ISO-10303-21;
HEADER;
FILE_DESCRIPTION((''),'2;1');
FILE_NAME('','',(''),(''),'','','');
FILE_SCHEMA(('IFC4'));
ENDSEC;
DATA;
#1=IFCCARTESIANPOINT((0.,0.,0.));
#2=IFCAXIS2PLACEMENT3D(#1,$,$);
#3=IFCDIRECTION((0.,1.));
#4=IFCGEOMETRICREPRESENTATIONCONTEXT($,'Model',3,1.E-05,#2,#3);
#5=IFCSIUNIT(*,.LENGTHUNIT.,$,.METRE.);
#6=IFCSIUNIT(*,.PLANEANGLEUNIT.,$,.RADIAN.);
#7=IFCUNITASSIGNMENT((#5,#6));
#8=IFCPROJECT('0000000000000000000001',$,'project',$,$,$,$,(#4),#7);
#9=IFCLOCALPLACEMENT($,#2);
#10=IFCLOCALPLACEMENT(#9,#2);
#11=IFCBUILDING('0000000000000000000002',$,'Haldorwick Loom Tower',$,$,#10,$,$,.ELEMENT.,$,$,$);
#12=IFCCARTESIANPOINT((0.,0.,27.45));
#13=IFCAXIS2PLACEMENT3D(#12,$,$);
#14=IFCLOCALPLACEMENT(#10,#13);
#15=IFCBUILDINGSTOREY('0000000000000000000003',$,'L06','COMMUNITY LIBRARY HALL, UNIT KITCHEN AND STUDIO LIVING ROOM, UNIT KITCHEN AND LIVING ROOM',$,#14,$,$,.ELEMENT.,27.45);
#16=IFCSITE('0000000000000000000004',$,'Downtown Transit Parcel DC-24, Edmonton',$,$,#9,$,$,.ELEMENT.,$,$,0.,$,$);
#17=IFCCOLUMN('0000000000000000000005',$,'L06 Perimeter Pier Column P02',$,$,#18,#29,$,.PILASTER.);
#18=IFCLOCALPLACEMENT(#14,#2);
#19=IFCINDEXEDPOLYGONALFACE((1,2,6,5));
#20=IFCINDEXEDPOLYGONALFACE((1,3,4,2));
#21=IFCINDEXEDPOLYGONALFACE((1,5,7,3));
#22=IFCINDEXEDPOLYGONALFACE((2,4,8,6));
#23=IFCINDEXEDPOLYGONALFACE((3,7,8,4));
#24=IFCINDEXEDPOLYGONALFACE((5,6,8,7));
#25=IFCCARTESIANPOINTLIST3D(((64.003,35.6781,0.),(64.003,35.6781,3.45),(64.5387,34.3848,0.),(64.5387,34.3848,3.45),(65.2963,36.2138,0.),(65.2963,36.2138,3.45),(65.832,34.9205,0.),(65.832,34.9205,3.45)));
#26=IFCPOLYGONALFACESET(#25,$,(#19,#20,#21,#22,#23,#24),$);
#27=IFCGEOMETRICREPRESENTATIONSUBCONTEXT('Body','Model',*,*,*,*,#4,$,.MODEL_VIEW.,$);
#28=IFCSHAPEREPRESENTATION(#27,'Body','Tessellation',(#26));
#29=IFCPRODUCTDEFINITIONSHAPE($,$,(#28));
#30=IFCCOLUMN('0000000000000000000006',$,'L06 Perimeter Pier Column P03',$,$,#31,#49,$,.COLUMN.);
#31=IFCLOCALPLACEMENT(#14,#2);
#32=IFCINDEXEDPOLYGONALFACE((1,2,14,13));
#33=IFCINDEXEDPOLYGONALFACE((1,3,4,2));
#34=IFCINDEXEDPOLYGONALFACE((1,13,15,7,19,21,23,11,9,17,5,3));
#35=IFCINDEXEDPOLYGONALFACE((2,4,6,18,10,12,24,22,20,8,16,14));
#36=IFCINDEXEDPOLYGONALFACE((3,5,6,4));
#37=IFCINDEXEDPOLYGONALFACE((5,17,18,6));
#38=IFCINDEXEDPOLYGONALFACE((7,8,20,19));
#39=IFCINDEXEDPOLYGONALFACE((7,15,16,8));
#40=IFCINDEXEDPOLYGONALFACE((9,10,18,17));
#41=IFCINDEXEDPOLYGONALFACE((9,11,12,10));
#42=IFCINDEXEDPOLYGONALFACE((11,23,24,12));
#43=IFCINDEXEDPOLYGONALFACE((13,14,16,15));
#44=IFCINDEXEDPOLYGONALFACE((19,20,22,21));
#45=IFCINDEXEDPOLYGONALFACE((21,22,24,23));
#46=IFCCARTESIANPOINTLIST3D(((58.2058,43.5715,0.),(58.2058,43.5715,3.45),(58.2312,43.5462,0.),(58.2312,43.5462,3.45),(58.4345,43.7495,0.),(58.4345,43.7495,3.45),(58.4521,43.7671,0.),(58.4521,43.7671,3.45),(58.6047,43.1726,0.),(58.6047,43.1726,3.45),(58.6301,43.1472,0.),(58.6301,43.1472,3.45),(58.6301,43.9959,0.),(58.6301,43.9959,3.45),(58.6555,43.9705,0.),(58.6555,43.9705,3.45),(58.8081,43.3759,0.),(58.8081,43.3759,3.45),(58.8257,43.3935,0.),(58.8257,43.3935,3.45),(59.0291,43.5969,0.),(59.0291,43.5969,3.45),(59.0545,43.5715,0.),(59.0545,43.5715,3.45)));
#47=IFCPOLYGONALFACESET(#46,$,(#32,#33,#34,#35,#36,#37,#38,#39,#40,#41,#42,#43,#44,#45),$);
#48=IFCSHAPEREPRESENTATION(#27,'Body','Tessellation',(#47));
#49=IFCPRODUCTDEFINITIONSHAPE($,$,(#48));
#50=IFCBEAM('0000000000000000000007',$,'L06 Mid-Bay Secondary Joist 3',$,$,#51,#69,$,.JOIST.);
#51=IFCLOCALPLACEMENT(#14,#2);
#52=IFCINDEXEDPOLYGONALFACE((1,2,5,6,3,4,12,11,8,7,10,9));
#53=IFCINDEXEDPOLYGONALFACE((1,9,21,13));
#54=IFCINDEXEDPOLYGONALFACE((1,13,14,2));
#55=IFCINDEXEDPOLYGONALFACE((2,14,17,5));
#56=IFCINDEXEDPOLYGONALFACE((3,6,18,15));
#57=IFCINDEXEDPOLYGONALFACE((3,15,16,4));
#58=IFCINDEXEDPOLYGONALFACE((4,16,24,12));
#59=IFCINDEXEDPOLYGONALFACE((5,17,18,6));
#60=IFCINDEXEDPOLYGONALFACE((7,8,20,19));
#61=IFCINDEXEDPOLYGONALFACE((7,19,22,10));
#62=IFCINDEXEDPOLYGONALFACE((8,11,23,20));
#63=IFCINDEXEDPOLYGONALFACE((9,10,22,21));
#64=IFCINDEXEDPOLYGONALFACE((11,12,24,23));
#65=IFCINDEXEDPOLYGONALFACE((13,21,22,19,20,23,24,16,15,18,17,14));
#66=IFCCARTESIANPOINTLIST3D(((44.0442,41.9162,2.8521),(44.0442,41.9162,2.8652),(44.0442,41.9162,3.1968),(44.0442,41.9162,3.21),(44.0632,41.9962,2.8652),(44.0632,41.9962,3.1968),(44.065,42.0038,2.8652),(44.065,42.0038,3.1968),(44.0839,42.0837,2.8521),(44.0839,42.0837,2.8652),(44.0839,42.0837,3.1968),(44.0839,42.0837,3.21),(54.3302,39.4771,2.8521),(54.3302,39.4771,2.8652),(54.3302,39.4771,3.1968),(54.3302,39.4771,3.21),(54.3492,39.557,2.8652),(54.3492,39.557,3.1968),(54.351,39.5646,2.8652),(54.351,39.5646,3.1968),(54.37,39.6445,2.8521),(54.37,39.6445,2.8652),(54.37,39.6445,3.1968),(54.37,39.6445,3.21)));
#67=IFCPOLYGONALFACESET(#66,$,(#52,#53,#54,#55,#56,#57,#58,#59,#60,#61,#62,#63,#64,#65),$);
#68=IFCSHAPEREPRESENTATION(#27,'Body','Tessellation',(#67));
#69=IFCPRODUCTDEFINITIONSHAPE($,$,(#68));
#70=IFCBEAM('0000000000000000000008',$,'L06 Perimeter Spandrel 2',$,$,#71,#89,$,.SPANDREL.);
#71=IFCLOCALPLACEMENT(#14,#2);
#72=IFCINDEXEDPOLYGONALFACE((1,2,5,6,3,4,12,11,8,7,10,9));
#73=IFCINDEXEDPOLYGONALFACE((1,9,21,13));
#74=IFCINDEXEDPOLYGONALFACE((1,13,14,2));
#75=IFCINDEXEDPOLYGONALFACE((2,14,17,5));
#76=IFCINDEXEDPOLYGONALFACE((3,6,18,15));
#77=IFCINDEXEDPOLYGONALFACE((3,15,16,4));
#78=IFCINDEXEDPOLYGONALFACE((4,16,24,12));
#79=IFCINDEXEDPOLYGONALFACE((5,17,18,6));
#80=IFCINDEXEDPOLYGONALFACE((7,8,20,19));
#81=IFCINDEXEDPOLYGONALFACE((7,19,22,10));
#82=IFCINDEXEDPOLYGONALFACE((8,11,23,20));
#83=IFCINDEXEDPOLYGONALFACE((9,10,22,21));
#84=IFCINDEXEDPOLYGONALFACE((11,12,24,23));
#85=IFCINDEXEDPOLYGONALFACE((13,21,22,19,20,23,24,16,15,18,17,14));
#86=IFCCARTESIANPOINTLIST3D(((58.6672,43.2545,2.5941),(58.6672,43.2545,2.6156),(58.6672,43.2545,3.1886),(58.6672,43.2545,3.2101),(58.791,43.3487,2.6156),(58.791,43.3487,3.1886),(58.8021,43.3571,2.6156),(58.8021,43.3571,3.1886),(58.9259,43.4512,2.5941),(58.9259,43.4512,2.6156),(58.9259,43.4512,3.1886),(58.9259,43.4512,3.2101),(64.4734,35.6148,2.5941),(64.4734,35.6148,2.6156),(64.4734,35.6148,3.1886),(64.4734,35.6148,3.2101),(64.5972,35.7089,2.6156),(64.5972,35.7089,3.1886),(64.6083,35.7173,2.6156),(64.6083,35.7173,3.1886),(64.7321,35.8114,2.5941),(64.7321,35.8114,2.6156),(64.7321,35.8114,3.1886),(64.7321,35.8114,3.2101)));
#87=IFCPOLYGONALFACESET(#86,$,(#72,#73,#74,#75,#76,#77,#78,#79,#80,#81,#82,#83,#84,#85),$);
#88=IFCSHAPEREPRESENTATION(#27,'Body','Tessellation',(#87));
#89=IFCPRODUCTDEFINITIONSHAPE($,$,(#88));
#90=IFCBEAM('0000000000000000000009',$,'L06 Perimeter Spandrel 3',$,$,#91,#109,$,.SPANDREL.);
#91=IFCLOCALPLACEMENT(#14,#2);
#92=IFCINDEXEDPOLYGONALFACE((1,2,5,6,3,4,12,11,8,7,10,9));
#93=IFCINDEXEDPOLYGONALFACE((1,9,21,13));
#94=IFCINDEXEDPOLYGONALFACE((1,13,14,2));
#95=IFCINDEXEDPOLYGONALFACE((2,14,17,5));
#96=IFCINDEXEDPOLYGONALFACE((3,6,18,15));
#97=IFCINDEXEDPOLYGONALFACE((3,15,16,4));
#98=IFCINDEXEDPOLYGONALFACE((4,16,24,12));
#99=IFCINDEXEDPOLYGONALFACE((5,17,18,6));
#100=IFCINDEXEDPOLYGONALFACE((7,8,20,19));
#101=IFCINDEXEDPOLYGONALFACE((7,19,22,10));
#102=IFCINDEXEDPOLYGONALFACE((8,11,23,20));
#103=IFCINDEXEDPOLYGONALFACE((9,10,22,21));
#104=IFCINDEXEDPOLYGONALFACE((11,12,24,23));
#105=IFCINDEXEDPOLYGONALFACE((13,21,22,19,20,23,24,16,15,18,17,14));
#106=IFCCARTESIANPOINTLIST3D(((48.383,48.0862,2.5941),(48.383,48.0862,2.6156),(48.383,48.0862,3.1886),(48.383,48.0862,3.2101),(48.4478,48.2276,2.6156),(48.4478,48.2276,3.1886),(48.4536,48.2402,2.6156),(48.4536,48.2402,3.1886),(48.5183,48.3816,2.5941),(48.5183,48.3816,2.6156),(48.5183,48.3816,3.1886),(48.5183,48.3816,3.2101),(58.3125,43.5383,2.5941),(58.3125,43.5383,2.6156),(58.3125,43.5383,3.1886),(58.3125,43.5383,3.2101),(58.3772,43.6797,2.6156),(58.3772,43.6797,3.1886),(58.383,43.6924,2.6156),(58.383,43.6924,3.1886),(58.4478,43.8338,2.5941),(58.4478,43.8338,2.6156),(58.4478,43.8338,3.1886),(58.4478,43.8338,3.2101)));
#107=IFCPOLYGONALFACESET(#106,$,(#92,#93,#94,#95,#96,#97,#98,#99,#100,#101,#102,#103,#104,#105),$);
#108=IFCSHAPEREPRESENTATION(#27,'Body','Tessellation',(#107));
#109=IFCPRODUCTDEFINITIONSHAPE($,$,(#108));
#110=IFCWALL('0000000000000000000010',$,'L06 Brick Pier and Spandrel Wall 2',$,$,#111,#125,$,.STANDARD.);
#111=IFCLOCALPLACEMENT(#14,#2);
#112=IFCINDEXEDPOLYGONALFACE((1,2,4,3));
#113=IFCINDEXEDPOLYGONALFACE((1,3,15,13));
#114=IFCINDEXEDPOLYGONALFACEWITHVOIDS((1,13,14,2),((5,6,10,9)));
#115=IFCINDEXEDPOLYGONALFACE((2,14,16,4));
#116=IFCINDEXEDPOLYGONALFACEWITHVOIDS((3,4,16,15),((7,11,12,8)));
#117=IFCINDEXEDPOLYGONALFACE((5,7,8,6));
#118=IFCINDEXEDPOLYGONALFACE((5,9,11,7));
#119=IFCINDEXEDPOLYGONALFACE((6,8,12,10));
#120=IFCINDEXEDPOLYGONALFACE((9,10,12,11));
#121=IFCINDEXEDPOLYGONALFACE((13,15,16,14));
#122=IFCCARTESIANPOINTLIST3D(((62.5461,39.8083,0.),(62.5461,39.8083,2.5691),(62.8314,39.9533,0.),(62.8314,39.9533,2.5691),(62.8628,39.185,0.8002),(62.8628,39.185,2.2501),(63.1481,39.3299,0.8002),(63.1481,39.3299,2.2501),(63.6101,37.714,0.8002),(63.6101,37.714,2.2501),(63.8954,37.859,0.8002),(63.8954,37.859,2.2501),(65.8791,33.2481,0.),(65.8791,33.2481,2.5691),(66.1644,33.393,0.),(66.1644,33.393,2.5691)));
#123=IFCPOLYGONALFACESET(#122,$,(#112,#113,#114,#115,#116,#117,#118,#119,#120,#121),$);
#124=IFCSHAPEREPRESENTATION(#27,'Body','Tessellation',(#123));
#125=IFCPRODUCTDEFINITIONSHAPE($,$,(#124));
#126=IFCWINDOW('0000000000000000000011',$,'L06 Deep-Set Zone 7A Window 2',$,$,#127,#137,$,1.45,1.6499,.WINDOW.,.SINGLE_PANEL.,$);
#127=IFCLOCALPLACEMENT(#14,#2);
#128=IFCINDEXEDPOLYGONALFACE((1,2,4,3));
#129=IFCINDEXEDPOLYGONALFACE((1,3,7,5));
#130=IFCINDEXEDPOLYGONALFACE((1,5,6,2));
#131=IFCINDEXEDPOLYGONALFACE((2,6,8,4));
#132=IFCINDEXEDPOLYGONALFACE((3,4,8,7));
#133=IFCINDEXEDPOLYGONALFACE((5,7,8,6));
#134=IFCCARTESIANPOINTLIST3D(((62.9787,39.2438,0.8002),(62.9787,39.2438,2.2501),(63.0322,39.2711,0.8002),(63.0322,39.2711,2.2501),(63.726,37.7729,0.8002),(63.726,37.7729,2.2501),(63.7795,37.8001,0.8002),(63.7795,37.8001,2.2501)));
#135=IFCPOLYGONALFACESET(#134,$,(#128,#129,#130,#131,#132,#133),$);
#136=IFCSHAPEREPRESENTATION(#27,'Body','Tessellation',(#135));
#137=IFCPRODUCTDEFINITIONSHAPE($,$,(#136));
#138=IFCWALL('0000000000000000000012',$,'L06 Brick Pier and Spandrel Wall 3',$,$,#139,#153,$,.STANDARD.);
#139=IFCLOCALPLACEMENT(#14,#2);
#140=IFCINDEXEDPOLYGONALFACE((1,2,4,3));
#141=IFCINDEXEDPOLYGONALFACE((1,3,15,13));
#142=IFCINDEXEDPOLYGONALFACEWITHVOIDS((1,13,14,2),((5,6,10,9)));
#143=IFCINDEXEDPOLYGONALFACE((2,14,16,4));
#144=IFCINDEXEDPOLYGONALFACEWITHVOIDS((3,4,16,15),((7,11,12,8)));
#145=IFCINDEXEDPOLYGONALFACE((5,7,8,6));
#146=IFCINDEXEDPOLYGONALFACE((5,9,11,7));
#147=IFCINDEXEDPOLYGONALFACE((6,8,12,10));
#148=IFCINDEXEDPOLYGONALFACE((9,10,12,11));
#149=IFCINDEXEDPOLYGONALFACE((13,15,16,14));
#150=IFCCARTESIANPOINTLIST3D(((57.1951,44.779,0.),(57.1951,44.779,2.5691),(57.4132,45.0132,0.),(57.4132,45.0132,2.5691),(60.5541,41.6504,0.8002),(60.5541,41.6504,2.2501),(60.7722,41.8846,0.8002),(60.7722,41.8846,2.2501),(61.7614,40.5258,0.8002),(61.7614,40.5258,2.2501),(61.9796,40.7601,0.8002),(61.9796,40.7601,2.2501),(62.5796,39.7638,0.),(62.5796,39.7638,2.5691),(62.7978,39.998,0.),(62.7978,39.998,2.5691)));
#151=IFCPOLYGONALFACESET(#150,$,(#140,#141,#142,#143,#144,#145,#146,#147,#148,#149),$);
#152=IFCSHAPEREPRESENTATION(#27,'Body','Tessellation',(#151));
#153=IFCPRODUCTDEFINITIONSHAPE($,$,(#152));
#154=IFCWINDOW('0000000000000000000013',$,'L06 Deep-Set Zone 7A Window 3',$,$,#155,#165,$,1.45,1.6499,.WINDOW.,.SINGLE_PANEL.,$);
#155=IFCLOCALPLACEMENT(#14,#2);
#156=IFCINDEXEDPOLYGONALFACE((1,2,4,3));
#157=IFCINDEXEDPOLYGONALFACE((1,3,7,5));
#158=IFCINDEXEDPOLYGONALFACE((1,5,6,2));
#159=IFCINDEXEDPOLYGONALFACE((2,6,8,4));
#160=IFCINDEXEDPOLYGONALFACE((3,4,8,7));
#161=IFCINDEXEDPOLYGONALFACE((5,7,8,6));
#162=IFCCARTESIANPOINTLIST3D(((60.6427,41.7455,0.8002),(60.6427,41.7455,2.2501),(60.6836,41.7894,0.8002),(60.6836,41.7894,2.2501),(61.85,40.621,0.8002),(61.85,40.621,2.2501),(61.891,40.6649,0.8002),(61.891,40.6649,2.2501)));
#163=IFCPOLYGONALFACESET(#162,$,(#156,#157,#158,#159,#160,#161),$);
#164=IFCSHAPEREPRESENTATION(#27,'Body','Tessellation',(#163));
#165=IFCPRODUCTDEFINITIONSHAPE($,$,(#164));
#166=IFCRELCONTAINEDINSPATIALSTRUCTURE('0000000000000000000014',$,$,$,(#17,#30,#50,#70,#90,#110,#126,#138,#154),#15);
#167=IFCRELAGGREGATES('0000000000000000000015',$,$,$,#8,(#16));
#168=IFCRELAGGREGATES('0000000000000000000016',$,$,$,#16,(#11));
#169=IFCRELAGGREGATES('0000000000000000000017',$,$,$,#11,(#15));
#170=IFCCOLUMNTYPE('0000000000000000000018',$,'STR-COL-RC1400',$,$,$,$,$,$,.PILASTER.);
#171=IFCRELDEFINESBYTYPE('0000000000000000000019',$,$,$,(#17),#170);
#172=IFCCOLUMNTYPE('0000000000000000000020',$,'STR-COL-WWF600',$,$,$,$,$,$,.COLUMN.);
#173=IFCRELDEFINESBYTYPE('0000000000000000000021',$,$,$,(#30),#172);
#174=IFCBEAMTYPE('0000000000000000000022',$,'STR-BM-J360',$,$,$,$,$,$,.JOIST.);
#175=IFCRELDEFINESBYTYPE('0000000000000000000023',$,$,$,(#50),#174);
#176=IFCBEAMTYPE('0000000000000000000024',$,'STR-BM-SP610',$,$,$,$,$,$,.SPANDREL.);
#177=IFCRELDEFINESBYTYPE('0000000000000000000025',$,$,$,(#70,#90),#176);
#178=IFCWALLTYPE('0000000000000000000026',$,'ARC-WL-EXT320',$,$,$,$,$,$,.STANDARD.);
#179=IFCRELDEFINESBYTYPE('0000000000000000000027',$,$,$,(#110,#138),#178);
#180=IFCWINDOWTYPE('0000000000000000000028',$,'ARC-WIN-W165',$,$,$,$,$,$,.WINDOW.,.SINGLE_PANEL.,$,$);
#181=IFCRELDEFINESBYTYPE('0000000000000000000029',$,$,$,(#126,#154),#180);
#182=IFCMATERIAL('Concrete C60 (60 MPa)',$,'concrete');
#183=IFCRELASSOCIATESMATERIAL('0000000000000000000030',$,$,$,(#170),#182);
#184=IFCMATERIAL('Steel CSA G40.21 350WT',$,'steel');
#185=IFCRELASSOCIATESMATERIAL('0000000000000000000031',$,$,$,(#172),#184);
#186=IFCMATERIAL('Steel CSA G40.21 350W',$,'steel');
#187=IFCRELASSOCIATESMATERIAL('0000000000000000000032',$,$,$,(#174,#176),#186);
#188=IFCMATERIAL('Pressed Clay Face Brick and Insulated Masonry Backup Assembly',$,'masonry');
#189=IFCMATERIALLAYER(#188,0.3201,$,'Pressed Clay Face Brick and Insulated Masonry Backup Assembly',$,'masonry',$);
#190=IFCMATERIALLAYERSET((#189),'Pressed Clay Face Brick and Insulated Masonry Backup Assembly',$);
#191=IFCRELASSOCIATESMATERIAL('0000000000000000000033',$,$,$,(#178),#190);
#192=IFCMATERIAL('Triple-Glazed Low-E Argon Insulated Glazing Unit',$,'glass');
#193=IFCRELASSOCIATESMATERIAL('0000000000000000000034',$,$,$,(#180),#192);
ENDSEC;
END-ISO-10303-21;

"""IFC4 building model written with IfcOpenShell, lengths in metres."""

from ifc_helpers import new_model, si_unit, direction, frame, frame_2d, origin, origin_2d, place, context, subcontext, project, spatial, rectangle, i_section, extrude, material, layer, layer_set, material_profile, profile_set, type_object, element, fill, save


model = new_model("IFC4")

# Units and contexts
model_context = context("Model", 3, precision=1e-05, world=origin(), true_north=direction((0.0, 1.0)))
body_context = subcontext(model_context, "Body", "Model", "MODEL_VIEW")
ifc_project = project(units=[si_unit("LENGTHUNIT", "METRE"), si_unit("PLANEANGLEUNIT", "RADIAN")], contexts=[model_context])

# Site, building, storey
site_placement = place(None, origin())
site = spatial("IfcSite", under=ifc_project, at=site_placement, Name="Downtown Transit Parcel DC-24, Edmonton", CompositionType="ELEMENT", RefElevation=0.0)
building_placement = place(site_placement, origin())
building = spatial("IfcBuilding", under=site, at=building_placement, Name="Haldorwick Loom Tower", CompositionType="ELEMENT")
storey_placement = place(building_placement, frame((0.0, 0.0, 27.45)))
storey = spatial("IfcBuildingStorey", under=building, at=storey_placement, Name="L06", Description="COMMUNITY LIBRARY HALL, UNIT KITCHEN AND STUDIO LIVING ROOM, UNIT KITCHEN AND LIVING ROOM", CompositionType="ELEMENT", Elevation=27.45)

# Columns
ifc_material_1 = material(Name="Concrete C60 (60 MPa)", Category="concrete")
ifc_material_profile_1 = material_profile(ifc_material_1, rectangle(XDim=1.3999, YDim=1.3999, at=origin_2d()), Name="RC1400X1400", Category="concrete")
ifc_profile_set_1 = profile_set([ifc_material_profile_1], Name="Concrete C60 (60 MPa)")
column_type_1 = type_object("IfcColumnType", Name="STR-COL-RC1400", PredefinedType="PILASTER", material=ifc_profile_set_1)
column_1_placement = place(storey_placement, frame((64.9175, 35.2993, 0.0), z_axis=(0.0, 0.0, 1.0), x_axis=(0.92388, 0.382683, 0.0)))
element("IfcColumn", 1, at=column_1_placement, inside=storey, type_object=column_type_1, Name="L06 Perimeter Pier Column P02", PredefinedType="PILASTER", context=body_context, shape_type="SweptSolid", body=[
    extrude(rectangle(XDim=1.3999, YDim=1.3999, at=origin_2d()), origin(), (0.0, 0.0, 1.0), 3.45),
])
ifc_material_2 = material(Name="Steel CSA G40.21 350WT", Category="steel")
ifc_material_profile_2 = material_profile(ifc_material_2, i_section(OverallWidth=0.6001, OverallDepth=0.6001, WebThickness=0.0249, FlangeThickness=0.0359, at=origin_2d()), Name="WWF600X600", Category="steel")
ifc_profile_set_2 = profile_set([ifc_material_profile_2], Name="Steel CSA G40.21 350WT")
column_type_2 = type_object("IfcColumnType", Name="STR-COL-WWF600", PredefinedType="COLUMN", material=ifc_profile_set_2)
column_2_placement = place(storey_placement, frame((58.6301, 43.5715, 0.0), z_axis=(0.0, 0.0, 1.0), x_axis=(0.707107, 0.707107, 0.0)))
element("IfcColumn", 2, at=column_2_placement, inside=storey, type_object=column_type_2, Name="L06 Perimeter Pier Column P03", PredefinedType="COLUMN", context=body_context, shape_type="SweptSolid", body=[
    extrude(i_section(OverallWidth=0.6001, OverallDepth=0.6001, WebThickness=0.0249, FlangeThickness=0.0359, at=origin_2d()), origin(), (0.0, 0.0, 1.0), 3.45),
])

# Beams
ifc_material_3 = material(Name="Steel CSA G40.21 350W", Category="steel")
ifc_material_profile_3 = material_profile(ifc_material_3, i_section(OverallWidth=0.1721, OverallDepth=0.3579, WebThickness=0.0078, FlangeThickness=0.0132, at=origin_2d()), Name="W360X57", Category="steel")
ifc_profile_set_3 = profile_set([ifc_material_profile_3], Name="Steel CSA G40.21 350W")
beam_type_1 = type_object("IfcBeamType", Name="STR-BM-J360", PredefinedType="JOIST", material=ifc_profile_set_3)
beam_1_placement = place(storey_placement, frame((54.3501, 39.5608, 3.031), z_axis=(-0.973016, 0.230737, 0.0), x_axis=(-0.230737, -0.973016, 0.0)))
element("IfcBeam", 3, at=beam_1_placement, inside=storey, type_object=beam_type_1, Name="L06 Mid-Bay Secondary Joist 3", PredefinedType="JOIST", context=body_context, shape_type="SweptSolid", body=[
    extrude(i_section(OverallWidth=0.1721, OverallDepth=0.3579, WebThickness=0.0078, FlangeThickness=0.0132, at=origin_2d()), origin(), (0.0, 0.0, 1.0), 10.5713),
])
ifc_material_profile_4 = material_profile(ifc_material_3, i_section(OverallWidth=0.325, OverallDepth=0.616, WebThickness=0.0139, FlangeThickness=0.0215, at=origin_2d()), Name="W610X174", Category="steel")
ifc_profile_set_4 = profile_set([ifc_material_profile_4], Name="Steel CSA G40.21 350W")
beam_type_2 = type_object("IfcBeamType", Name="STR-BM-SP610", PredefinedType="SPANDREL", material=ifc_profile_set_4)
beam_2_placement = place(storey_placement, frame((64.6028, 35.7131, 2.9021), z_axis=(-0.605085, 0.796161, 0.0), x_axis=(-0.796161, -0.605085, 0.0)))
element("IfcBeam", 4, at=beam_2_placement, inside=storey, type_object=beam_type_2, Name="L06 Perimeter Spandrel 2", PredefinedType="SPANDREL", context=body_context, shape_type="SweptSolid", body=[
    extrude(i_section(OverallWidth=0.325, OverallDepth=0.616, WebThickness=0.0139, FlangeThickness=0.0215, at=origin_2d()), origin(), (0.0, 0.0, 1.0), 9.5957),
])
beam_3_placement = place(storey_placement, frame((58.3801, 43.686, 2.9021), z_axis=(-0.909174, 0.416417, 0.0), x_axis=(-0.416417, -0.909174, 0.0)))
element("IfcBeam", 5, at=beam_3_placement, inside=storey, type_object=beam_type_2, Name="L06 Perimeter Spandrel 3", PredefinedType="SPANDREL", context=body_context, shape_type="SweptSolid", body=[
    extrude(i_section(OverallWidth=0.325, OverallDepth=0.616, WebThickness=0.0139, FlangeThickness=0.0215, at=origin_2d()), origin(), (0.0, 0.0, 1.0), 10.9214),
])

# Walls, openings, windows
ifc_material_4 = material(Name="Pressed Clay Face Brick and Insulated Masonry Backup Assembly", Category="masonry")
ifc_layer_1 = layer(ifc_material_4, 0.3201, Name="Pressed Clay Face Brick and Insulated Masonry Backup Assembly", Category="masonry")
ifc_layer_set_1 = layer_set([ifc_layer_1], Name="Pressed Clay Face Brick and Insulated Masonry Backup Assembly")
wall_type_1 = type_object("IfcWallType", Name="ARC-WL-EXT320", PredefinedType="STANDARD", material=ifc_layer_set_1)
wall_1_placement = place(storey_placement, frame((66.0217, 33.3206, 0.0), z_axis=(0.0, 0.0, 1.0), x_axis=(-0.452951, 0.891535, 0.0)))
wall_1 = element("IfcWall", 6, at=wall_1_placement, inside=storey, type_object=wall_type_1, Name="L06 Brick Pier and Spandrel Wall 2", PredefinedType="STANDARD", context=body_context, shape_type="SweptSolid", body=[
    extrude(rectangle(XDim=7.3584, YDim=0.3201, at=frame_2d((3.6792, 0.0))), origin(), (0.0, 0.0, 1.0), 2.5691),
])
opening_1_placement = place(wall_1_placement, frame((5.0093, 0.0, 0.8)))
opening_1 = element("IfcOpeningElement", 7, at=opening_1_placement, cuts=wall_1, PredefinedType="OPENING", context=body_context, shape_type="SweptSolid", body=[
    extrude(rectangle(XDim=1.6499, YDim=1.45, at=frame_2d((0.825, 0.7251))), frame((0.0, 0.1699, 0.0), z_axis=(0.0, -1.0, 0.0), x_axis=(1.0, 0.0, 0.0)), (0.0, 0.0, 1.0), 0.3401),
])
ifc_material_5 = material(Name="Triple-Glazed Low-E Argon Insulated Glazing Unit", Category="glass")
window_type = type_object("IfcWindowType", Name="ARC-WIN-W165", PartitioningType="SINGLE_PANEL", PredefinedType="WINDOW", material=ifc_material_5)
window_1_placement = place(opening_1_placement, origin())
window_1 = element("IfcWindow", 8, at=window_1_placement, inside=storey, type_object=window_type, Name="L06 Deep-Set Zone 7A Window 2", OverallHeight=1.45, OverallWidth=1.6499, PartitioningType="SINGLE_PANEL", PredefinedType="WINDOW", context=body_context, shape_type="SweptSolid", body=[
    extrude(rectangle(XDim=1.6499, YDim=1.45, at=frame_2d((0.825, 0.7251))), frame((0.0, 0.03, 0.0), z_axis=(0.0, -1.0, 0.0), x_axis=(1.0, 0.0, 0.0)), (0.0, 0.0, 1.0), 0.0601),
])
fill(opening_1, window_1)
wall_2_placement = place(storey_placement, frame((62.6887, 39.8809, 0.0), z_axis=(0.0, 0.0, 1.0), x_axis=(-0.731761, 0.681561, 0.0)))
wall_2 = element("IfcWall", 9, at=wall_2_placement, inside=storey, type_object=wall_type_1, Name="L06 Brick Pier and Spandrel Wall 3", PredefinedType="STANDARD", context=body_context, shape_type="SweptSolid", body=[
    extrude(rectangle(XDim=7.3584, YDim=0.3201, at=frame_2d((3.6792, 0.0))), origin(), (0.0, 0.0, 1.0), 2.5691),
])
opening_2_placement = place(wall_2_placement, frame((1.1182, 0.0, 0.8)))
opening_2 = element("IfcOpeningElement", 10, at=opening_2_placement, cuts=wall_2, PredefinedType="OPENING", context=body_context, shape_type="SweptSolid", body=[
    extrude(rectangle(XDim=1.6499, YDim=1.45, at=frame_2d((0.825, 0.7251))), frame((0.0, 0.1699, 0.0), z_axis=(0.0, -1.0, 0.0), x_axis=(1.0, 0.0, 0.0)), (0.0, 0.0, 1.0), 0.3401),
])
window_2_placement = place(opening_2_placement, origin())
window_2 = element("IfcWindow", 11, at=window_2_placement, inside=storey, type_object=window_type, Name="L06 Deep-Set Zone 7A Window 3", OverallHeight=1.45, OverallWidth=1.6499, PartitioningType="SINGLE_PANEL", PredefinedType="WINDOW", context=body_context, shape_type="SweptSolid", body=[
    extrude(rectangle(XDim=1.6499, YDim=1.45, at=frame_2d((0.825, 0.7251))), frame((0.0, 0.03, 0.0), z_axis=(0.0, -1.0, 0.0), x_axis=(1.0, 0.0, 0.0)), (0.0, 0.0, 1.0), 0.0601),
])
fill(opening_2, window_2)

save(model, "model.ifc")
